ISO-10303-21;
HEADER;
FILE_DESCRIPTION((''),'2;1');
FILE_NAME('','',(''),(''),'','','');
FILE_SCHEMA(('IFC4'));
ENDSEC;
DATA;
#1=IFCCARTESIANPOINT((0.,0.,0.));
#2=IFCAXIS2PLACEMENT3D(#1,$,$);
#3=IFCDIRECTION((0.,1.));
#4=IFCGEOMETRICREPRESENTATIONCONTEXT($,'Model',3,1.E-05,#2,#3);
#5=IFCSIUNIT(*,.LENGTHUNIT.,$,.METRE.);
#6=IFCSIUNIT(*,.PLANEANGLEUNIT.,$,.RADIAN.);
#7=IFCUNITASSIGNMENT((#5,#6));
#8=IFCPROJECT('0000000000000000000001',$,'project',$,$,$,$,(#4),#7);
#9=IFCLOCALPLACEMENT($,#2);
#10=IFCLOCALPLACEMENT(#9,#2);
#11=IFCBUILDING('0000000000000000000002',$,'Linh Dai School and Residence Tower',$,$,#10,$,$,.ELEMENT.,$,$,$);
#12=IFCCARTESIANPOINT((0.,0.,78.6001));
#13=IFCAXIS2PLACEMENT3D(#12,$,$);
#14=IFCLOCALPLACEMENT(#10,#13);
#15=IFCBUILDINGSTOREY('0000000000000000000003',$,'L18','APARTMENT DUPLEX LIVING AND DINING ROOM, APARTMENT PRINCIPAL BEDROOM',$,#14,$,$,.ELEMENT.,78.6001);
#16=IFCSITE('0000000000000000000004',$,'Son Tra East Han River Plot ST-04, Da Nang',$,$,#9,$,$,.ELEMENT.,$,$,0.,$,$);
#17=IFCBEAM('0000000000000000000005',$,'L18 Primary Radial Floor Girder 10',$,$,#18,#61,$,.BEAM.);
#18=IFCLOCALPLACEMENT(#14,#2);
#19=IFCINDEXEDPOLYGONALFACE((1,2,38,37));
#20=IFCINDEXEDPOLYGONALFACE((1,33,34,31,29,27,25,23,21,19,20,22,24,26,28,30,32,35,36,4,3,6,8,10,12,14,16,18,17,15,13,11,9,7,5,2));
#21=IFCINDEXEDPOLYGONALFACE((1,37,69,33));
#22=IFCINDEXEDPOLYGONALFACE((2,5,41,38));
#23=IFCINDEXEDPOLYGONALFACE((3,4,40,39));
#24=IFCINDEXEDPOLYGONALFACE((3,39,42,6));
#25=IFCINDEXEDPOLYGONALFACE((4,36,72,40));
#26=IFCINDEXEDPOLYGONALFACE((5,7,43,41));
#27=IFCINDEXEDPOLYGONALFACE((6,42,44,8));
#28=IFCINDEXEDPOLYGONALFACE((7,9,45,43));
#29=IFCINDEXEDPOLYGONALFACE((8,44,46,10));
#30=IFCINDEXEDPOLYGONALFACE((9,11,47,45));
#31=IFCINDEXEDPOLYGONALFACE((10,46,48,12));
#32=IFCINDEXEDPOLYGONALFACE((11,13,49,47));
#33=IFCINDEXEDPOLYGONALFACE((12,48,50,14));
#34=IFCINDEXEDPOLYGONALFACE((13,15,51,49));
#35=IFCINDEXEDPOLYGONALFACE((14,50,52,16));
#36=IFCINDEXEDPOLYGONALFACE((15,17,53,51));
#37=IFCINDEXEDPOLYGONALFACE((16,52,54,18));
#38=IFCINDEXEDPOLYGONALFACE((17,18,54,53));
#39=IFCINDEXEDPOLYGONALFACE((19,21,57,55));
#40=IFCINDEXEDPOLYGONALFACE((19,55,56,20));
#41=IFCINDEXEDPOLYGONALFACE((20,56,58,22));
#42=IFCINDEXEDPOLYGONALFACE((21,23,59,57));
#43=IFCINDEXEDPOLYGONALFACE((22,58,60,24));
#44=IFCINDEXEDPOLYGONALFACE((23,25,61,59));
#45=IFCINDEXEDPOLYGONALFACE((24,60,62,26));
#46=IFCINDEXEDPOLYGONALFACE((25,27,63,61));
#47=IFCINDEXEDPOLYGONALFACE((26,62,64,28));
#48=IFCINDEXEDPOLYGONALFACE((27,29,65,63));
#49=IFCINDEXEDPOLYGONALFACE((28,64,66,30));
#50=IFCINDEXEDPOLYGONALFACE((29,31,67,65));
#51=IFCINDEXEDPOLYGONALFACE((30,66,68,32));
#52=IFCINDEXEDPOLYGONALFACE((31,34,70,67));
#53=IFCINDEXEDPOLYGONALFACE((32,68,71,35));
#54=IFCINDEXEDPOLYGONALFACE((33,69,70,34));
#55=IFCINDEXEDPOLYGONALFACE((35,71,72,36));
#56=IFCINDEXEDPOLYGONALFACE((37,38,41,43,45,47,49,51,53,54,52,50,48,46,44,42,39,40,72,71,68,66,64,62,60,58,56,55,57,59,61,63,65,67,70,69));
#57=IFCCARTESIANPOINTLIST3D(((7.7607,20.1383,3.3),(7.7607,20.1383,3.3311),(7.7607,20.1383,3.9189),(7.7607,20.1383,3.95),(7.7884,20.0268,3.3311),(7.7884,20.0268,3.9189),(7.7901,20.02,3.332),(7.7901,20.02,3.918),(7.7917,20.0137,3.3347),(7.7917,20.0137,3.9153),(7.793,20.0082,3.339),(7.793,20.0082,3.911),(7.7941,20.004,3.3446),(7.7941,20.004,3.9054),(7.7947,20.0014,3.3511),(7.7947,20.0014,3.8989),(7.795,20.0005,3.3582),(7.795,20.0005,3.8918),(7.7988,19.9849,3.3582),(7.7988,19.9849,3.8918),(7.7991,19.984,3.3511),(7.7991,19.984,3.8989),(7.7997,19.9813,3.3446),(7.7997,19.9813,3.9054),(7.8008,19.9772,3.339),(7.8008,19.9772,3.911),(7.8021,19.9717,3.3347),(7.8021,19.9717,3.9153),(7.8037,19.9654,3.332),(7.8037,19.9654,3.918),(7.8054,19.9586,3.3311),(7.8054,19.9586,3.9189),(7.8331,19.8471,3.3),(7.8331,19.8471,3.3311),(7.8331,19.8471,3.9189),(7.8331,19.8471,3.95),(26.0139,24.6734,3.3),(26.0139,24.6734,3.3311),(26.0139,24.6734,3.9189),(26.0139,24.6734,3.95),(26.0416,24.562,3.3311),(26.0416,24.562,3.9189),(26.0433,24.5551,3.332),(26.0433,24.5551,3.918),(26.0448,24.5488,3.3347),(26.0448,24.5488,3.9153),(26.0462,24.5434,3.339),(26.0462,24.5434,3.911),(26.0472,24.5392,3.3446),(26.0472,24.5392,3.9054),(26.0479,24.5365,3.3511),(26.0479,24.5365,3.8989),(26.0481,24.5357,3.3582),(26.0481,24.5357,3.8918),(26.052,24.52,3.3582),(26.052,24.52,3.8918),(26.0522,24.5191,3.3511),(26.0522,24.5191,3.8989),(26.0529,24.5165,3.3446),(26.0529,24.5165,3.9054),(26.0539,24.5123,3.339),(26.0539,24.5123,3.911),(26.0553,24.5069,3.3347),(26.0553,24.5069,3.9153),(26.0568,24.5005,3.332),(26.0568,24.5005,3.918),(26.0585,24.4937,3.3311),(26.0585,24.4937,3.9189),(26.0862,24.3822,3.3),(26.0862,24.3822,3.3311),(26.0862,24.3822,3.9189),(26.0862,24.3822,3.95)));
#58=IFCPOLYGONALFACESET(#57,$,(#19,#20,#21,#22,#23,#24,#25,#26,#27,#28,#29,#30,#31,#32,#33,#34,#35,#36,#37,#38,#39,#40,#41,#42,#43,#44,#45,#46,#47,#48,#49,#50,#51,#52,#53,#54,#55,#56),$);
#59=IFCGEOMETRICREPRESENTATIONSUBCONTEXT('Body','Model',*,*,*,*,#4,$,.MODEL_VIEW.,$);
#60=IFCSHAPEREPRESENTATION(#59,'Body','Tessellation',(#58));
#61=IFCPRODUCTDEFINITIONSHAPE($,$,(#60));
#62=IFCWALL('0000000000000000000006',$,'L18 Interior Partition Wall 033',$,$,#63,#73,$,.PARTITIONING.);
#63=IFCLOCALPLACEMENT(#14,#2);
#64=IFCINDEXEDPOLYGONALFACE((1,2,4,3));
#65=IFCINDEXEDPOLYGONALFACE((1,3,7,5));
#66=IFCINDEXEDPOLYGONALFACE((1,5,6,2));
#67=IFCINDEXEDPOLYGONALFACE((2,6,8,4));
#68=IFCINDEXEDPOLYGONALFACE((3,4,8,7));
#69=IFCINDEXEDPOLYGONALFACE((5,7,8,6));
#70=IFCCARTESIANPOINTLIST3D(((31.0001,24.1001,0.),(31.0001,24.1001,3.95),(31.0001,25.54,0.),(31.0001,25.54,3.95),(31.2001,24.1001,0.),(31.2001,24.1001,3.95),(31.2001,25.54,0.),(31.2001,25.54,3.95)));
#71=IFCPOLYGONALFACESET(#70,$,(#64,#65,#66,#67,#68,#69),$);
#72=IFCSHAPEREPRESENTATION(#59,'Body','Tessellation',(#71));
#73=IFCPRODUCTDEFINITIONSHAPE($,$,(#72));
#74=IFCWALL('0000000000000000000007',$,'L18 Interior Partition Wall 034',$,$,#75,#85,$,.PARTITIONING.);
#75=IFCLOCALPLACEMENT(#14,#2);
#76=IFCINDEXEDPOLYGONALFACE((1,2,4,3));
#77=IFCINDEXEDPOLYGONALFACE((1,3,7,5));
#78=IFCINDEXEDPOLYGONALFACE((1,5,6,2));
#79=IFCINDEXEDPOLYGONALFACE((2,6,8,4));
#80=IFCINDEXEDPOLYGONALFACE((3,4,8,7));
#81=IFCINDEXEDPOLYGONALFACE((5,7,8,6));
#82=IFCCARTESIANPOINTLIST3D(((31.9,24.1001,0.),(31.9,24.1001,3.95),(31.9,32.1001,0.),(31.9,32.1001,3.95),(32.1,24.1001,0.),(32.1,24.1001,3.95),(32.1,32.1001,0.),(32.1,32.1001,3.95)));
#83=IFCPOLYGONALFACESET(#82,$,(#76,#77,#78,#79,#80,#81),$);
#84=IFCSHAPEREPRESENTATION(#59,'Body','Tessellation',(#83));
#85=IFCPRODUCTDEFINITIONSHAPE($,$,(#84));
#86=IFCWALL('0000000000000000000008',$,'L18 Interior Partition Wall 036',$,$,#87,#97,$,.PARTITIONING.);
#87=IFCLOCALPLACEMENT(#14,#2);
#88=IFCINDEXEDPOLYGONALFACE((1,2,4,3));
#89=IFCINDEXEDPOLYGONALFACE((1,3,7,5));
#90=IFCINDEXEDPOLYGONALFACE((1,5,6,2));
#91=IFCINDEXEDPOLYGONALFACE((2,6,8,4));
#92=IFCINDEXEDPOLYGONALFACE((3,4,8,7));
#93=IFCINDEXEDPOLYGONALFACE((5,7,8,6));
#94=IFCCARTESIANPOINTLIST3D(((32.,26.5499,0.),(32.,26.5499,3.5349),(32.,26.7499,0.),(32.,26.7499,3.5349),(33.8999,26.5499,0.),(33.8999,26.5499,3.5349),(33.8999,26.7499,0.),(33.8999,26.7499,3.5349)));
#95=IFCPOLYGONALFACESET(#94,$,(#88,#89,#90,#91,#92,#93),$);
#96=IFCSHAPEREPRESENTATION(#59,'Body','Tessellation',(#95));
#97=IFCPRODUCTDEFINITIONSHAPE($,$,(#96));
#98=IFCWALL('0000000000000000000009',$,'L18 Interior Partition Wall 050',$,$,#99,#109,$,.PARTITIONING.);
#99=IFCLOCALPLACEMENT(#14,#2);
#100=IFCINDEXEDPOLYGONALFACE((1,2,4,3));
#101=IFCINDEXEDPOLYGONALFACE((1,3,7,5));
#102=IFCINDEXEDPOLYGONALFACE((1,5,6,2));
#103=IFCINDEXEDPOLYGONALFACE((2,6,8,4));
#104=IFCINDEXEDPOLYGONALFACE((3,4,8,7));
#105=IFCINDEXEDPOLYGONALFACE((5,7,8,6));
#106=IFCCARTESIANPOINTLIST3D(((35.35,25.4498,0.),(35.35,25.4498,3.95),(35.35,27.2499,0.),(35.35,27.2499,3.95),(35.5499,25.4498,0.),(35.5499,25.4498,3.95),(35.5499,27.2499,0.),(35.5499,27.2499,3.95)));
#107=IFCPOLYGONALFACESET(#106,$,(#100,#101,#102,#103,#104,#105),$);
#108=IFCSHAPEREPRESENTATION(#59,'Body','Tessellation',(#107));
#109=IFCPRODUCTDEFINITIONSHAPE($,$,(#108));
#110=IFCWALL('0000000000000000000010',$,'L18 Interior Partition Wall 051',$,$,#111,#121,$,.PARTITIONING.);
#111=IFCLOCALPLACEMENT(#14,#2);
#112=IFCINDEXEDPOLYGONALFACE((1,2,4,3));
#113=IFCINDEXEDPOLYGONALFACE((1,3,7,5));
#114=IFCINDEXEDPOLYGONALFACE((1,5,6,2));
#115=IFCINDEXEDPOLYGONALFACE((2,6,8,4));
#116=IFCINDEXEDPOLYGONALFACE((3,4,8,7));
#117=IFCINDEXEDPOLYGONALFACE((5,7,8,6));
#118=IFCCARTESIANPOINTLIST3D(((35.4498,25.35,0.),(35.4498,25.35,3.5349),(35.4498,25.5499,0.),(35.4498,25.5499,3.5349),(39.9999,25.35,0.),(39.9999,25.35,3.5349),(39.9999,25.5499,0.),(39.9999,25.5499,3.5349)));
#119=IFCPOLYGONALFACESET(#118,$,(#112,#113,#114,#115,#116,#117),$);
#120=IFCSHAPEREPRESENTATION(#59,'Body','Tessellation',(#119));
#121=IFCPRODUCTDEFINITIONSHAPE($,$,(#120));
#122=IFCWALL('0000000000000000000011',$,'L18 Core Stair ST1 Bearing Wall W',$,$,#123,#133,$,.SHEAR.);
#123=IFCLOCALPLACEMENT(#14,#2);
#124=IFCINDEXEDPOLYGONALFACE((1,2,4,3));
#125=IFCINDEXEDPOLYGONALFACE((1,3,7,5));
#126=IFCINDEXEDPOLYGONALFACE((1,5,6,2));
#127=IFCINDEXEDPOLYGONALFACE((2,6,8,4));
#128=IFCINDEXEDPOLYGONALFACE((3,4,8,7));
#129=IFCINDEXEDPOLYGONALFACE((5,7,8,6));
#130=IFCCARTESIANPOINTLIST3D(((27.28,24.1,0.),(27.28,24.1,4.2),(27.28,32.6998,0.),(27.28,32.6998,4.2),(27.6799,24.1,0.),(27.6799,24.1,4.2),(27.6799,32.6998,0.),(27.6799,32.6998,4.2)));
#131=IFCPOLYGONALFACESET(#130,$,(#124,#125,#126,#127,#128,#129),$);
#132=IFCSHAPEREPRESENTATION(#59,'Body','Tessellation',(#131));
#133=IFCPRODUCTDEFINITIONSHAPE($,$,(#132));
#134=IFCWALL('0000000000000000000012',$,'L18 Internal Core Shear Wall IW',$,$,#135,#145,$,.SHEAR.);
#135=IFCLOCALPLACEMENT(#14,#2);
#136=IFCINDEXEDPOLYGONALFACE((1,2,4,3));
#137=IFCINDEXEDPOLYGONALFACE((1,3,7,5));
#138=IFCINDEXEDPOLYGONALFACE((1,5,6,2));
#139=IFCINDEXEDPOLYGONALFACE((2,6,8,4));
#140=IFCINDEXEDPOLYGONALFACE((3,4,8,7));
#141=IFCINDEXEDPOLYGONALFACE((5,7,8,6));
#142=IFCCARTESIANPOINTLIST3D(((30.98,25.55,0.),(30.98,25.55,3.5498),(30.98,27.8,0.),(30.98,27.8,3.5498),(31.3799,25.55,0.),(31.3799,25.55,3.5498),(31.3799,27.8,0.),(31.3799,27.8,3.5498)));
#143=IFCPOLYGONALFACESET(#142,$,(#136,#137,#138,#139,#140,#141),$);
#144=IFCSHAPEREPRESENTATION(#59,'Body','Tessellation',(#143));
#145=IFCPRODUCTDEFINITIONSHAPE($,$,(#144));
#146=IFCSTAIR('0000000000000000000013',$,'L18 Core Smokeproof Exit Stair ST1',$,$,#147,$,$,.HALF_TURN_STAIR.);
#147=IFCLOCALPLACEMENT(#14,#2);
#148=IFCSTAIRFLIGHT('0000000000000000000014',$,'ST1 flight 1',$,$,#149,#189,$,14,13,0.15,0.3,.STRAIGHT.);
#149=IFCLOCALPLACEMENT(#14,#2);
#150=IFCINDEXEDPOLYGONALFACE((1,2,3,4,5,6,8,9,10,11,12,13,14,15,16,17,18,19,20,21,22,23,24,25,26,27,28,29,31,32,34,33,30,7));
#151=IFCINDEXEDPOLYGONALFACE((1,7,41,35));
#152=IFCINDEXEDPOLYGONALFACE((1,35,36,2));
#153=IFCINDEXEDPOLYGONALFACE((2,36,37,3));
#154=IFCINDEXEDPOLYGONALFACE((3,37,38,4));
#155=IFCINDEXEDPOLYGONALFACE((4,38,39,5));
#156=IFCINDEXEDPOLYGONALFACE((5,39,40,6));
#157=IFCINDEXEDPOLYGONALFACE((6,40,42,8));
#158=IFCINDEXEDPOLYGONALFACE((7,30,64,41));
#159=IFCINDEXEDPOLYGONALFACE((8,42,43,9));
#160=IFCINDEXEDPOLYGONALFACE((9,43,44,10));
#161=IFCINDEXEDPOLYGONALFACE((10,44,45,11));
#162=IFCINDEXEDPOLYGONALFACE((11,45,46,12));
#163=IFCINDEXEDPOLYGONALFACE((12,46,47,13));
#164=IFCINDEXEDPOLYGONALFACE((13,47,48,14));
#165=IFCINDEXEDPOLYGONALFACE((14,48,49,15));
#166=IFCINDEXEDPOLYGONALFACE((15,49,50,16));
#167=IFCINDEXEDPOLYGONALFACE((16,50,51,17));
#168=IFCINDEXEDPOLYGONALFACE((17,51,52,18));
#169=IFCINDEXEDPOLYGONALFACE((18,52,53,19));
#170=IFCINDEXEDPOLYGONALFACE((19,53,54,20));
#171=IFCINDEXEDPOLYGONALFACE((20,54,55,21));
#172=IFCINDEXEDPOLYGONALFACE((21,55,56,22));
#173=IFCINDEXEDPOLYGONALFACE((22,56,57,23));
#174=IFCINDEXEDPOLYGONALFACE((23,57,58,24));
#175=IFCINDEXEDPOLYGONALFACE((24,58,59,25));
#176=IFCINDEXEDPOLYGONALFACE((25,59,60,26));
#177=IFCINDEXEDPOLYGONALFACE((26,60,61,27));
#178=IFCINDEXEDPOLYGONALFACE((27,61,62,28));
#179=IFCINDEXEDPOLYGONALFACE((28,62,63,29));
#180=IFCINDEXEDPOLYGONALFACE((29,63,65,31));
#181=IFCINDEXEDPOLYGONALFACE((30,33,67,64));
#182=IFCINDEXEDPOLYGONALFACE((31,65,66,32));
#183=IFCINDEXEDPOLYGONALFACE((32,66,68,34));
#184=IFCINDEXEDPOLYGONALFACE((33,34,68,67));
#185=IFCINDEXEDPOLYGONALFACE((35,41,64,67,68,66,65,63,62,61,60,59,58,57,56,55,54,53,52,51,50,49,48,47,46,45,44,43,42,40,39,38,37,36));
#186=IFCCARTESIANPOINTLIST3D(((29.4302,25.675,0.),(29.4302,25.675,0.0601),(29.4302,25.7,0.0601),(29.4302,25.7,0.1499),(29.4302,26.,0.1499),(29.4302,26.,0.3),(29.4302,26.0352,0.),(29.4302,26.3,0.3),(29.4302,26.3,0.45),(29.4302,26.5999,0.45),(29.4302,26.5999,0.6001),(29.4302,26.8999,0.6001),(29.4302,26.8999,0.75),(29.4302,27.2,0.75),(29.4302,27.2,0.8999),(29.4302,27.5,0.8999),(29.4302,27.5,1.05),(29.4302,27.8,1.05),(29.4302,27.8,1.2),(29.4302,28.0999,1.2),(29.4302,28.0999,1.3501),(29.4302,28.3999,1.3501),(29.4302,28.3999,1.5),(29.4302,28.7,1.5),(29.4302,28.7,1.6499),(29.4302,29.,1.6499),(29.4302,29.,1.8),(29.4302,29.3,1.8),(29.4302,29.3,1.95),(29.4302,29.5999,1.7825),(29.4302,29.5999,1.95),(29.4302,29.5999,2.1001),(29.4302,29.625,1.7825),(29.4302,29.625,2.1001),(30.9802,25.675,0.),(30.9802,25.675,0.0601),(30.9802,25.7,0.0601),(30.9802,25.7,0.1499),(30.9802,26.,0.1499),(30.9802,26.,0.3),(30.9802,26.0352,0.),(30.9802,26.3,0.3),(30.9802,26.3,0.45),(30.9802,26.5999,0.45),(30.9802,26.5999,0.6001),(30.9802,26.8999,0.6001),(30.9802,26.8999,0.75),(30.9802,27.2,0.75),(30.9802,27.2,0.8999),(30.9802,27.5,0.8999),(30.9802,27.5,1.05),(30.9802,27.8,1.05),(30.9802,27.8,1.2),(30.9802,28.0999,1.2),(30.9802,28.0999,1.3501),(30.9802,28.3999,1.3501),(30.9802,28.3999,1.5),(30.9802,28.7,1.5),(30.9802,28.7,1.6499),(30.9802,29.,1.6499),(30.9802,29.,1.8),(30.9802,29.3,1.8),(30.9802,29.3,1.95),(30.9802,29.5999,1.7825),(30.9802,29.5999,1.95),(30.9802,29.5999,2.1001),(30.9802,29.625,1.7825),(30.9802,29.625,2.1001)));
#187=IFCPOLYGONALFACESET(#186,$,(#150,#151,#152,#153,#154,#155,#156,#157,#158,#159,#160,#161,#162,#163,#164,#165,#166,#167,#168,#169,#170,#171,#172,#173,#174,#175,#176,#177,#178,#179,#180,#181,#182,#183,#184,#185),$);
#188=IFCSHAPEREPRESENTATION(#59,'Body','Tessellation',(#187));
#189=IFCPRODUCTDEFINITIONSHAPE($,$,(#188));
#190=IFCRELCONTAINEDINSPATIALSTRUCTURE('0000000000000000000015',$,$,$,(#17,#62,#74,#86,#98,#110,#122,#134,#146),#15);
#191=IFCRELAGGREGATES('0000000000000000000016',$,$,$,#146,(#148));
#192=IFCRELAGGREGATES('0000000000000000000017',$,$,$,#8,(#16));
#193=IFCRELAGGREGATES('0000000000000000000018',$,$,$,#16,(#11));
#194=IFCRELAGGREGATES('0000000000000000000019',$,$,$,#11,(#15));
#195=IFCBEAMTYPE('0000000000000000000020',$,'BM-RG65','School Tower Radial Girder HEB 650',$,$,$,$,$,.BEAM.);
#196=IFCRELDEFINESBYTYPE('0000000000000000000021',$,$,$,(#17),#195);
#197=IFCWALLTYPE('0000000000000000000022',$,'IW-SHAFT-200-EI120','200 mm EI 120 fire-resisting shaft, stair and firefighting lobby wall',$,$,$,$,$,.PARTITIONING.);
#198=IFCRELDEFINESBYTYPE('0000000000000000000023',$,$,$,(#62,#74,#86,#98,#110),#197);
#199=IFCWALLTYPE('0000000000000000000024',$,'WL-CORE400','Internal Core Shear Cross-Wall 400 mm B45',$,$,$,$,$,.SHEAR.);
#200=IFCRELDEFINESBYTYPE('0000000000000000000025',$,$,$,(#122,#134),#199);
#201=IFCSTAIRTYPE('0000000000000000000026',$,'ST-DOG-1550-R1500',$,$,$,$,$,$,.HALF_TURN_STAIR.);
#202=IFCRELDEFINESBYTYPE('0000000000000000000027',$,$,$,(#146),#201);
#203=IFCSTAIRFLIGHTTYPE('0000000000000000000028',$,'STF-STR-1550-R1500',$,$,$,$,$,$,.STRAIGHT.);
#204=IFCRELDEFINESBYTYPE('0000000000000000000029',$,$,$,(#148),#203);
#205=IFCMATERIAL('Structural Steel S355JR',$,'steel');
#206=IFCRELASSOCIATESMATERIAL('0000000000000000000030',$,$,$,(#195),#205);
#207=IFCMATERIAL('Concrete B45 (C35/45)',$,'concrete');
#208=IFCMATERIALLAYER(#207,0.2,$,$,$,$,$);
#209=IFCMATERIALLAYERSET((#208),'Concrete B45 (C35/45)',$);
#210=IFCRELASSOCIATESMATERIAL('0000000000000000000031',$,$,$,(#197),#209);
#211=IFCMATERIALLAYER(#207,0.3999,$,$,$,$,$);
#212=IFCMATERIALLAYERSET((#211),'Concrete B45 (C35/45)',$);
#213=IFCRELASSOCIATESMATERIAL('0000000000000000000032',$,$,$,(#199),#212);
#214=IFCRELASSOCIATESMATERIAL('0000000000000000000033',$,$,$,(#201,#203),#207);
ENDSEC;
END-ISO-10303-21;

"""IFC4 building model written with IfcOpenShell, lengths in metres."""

from ifc_helpers import new_model, si_unit, direction, frame, frame_2d, origin, origin_2d, place, context, subcontext, project, spatial, polyline, rectangle, i_section, outline, extrude, source, transform, mapped, material, layer, layer_set, material_profile, profile_set, type_object, element, aggregate, save


model = new_model("IFC4")

# Units and contexts
model_context = context("Model", 3, precision=1e-05, world=origin(), true_north=direction((0.0, 1.0)))
body_context = subcontext(model_context, "Body", "Model", "MODEL_VIEW")
ifc_project = project(units=[si_unit("LENGTHUNIT", "METRE"), si_unit("PLANEANGLEUNIT", "RADIAN")], contexts=[model_context])

# Site, building, storey
site_placement = place(None, origin())
site = spatial("IfcSite", under=ifc_project, at=site_placement, Name="Son Tra East Han River Plot ST-04, Da Nang", CompositionType="ELEMENT", RefElevation=0.0)
building_placement = place(site_placement, origin())
building = spatial("IfcBuilding", under=site, at=building_placement, Name="Linh Dai School and Residence Tower", CompositionType="ELEMENT")
storey_placement = place(building_placement, frame((0.0, 0.0, 78.6001)))
storey = spatial("IfcBuildingStorey", under=building, at=storey_placement, Name="L18", Description="APARTMENT DUPLEX LIVING AND DINING ROOM, APARTMENT PRINCIPAL BEDROOM", CompositionType="ELEMENT", Elevation=78.6001)

# Shared definitions
ifc_material_1 = material(Name="Structural Steel S355JR", Category="steel")

# Beam
ifc_material_profile_1 = material_profile(ifc_material_1, i_section(OverallWidth=0.3, OverallDepth=0.6499, WebThickness=0.0161, FlangeThickness=0.031, FilletRadius=0.0271, at=origin_2d()), Name="HEB 650")
ifc_profile_set_1 = profile_set([ifc_material_profile_1], Name="Structural Steel S355JR")
beam_type = type_object("IfcBeamType", Name="BM-RG65", Description="School Tower Radial Girder HEB 650", PredefinedType="BEAM", material=ifc_profile_set_1)
beam_placement = place(storey_placement, frame((26.05, 24.5278, 3.625), z_axis=(-0.970493, -0.241127, 0.0), x_axis=(0.241127, -0.970493, 0.0)))
element("IfcBeam", 1, at=beam_placement, inside=storey, type_object=beam_type, Name="L18 Primary Radial Floor Girder 10", PredefinedType="BEAM", context=body_context, shape_type="SweptSolid", body=[
    extrude(i_section(OverallWidth=0.3, OverallDepth=0.6499, WebThickness=0.0161, FlangeThickness=0.031, FilletRadius=0.0271, at=origin_2d()), origin(), (0.0, 0.0, 1.0), 18.8081),
])

# Shared definitions
ifc_material_2 = material(Name="Concrete B45 (C35/45)", Category="concrete")
ifc_layer_1 = layer(ifc_material_2, 0.2)
ifc_layer_set_1 = layer_set([ifc_layer_1], Name="Concrete B45 (C35/45)")
wall_type_1 = type_object("IfcWallType", Name="IW-SHAFT-200-EI120", Description="200 mm EI 120 fire-resisting shaft, stair and firefighting lobby wall", PredefinedType="PARTITIONING", material=ifc_layer_set_1)

# Walls
wall_1_placement = place(storey_placement, frame((31.1001, 24.1001, 0.0), z_axis=(0.0, 0.0, 1.0), x_axis=(0.0, 1.0, 0.0)))
element("IfcWall", 2, at=wall_1_placement, inside=storey, type_object=wall_type_1, Name="L18 Interior Partition Wall 033", PredefinedType="PARTITIONING", context=body_context, shape_type="SweptSolid", body=[
    extrude(rectangle(XDim=1.4399, YDim=0.2, at=frame_2d((0.72, 0.0))), origin(), (0.0, 0.0, 1.0), 3.95),
])
wall_2_placement = place(storey_placement, frame((32.0, 24.1001, 0.0), z_axis=(0.0, 0.0, 1.0), x_axis=(0.0, 1.0, 0.0)))
element("IfcWall", 3, at=wall_2_placement, inside=storey, type_object=wall_type_1, Name="L18 Interior Partition Wall 034", PredefinedType="PARTITIONING", context=body_context, shape_type="SweptSolid", body=[
    extrude(rectangle(XDim=8.0, YDim=0.2, at=frame_2d((4.0, 0.0))), origin(), (0.0, 0.0, 1.0), 3.95),
])

# Wall
wall_3_placement = place(storey_placement, frame((32.0, 26.6499, 0.0), z_axis=(0.0, 0.0, 1.0), x_axis=(1.0, 0.0, 0.0)))
element("IfcWall", 4, at=wall_3_placement, inside=storey, type_object=wall_type_1, Name="L18 Interior Partition Wall 036", PredefinedType="PARTITIONING", context=body_context, shape_type="SweptSolid", body=[
    extrude(rectangle(XDim=1.8999, YDim=0.2, at=frame_2d((0.95, 0.0))), origin(), (0.0, 0.0, 1.0), 3.5349),
])

# Walls
wall_4_placement = place(storey_placement, frame((35.45, 25.45, 0.0), z_axis=(0.0, 0.0, 1.0), x_axis=(0.0, 1.0, 0.0)))
element("IfcWall", 5, at=wall_4_placement, inside=storey, type_object=wall_type_1, Name="L18 Interior Partition Wall 050", PredefinedType="PARTITIONING", context=body_context, shape_type="SweptSolid", body=[
    extrude(rectangle(XDim=1.8, YDim=0.2, at=frame_2d((0.8999, 0.0))), origin(), (0.0, 0.0, 1.0), 3.95),
])
wall_5_placement = place(storey_placement, frame((35.45, 25.45, 0.0), z_axis=(0.0, 0.0, 1.0), x_axis=(1.0, 0.0, 0.0)))
element("IfcWall", 6, at=wall_5_placement, inside=storey, type_object=wall_type_1, Name="L18 Interior Partition Wall 051", PredefinedType="PARTITIONING", context=body_context, shape_type="SweptSolid", body=[
    extrude(rectangle(XDim=4.55, YDim=0.2, at=frame_2d((2.2749, 0.0))), origin(), (0.0, 0.0, 1.0), 3.5349),
])
ifc_layer_2 = layer(ifc_material_2, 0.3999)
ifc_layer_set_2 = layer_set([ifc_layer_2], Name="Concrete B45 (C35/45)")
wall_type_2 = type_object("IfcWallType", Name="WL-CORE400", Description="Internal Core Shear Cross-Wall 400 mm B45", PredefinedType="SHEAR", material=ifc_layer_set_2)
wall_6_placement = place(storey_placement, frame((27.48, 24.1001, 0.0), z_axis=(0.0, 0.0, 1.0), x_axis=(0.0, 1.0, 0.0)))
element("IfcWall", 7, at=wall_6_placement, inside=storey, type_object=wall_type_2, Name="L18 Core Stair ST1 Bearing Wall W", PredefinedType="SHEAR", context=body_context, shape_type="SweptSolid", body=[
    extrude(rectangle(XDim=8.5999, YDim=0.3999, at=frame_2d((4.2998, 0.0))), origin(), (0.0, 0.0, 1.0), 4.2),
])
wall_7_placement = place(storey_placement, frame((31.1799, 25.55, 0.0), z_axis=(0.0, 0.0, 1.0), x_axis=(0.0, 1.0, 0.0)))
element("IfcWall", 8, at=wall_7_placement, inside=storey, type_object=wall_type_2, Name="L18 Internal Core Shear Wall IW", PredefinedType="SHEAR", context=body_context, shape_type="SweptSolid", body=[
    extrude(rectangle(XDim=2.25, YDim=0.3999, at=frame_2d((1.125, 0.0))), origin(), (0.0, 0.0, 1.0), 3.5498),
])

# Stair, stair flight
stair_type = type_object("IfcStairType", Name="ST-DOG-1550-R1500", PredefinedType="HALF_TURN_STAIR", material=ifc_material_2)
stair_placement = place(storey_placement, origin())
stair = element("IfcStair", 9, at=stair_placement, inside=storey, type_object=stair_type, Name="L18 Core Smokeproof Exit Stair ST1", PredefinedType="HALF_TURN_STAIR")
stair_flight_type = type_object("IfcStairFlightType", Name="STF-STR-1550-R1500", PredefinedType="STRAIGHT", material=ifc_material_2)
shared_shape_1 = source(origin(), body_context, "Body", "SweptSolid", [
    extrude(outline(polyline([(-0.0249, 0.0), (-0.0249, 0.0601), (0.0, 0.0601), (0.0, 0.1499), (0.3, 0.1499), (0.3, 0.3), (0.6001, 0.3), (0.6001, 0.45), (0.8999, 0.45), (0.8999, 0.6001), (1.2, 0.6001), (1.2, 0.75), (1.5, 0.75), (1.5, 0.8999), (1.8, 0.8999), (1.8, 1.05), (2.1001, 1.05), (2.1001, 1.2), (2.3999, 1.2), (2.3999, 1.3501), (2.7, 1.3501), (2.7, 1.5), (3.0, 1.5), (3.0, 1.6499), (3.3, 1.6499), (3.3, 1.8), (3.6001, 1.8), (3.6001, 1.95), (3.8999, 1.95), (3.8999, 2.1001), (3.925, 2.1001), (3.925, 1.7825), (3.8999, 1.7825), (0.3352, 0.0), (-0.0249, 0.0)])), frame((0.0, 0.7749, 0.0), z_axis=(0.0, -1.0, 0.0), x_axis=(1.0, 0.0, 0.0)), (0.0, 0.0, 1.0), 1.55),
])
stair_flight_placement = place(storey_placement, frame((30.2051, 25.7, 0.0), z_axis=(0.0, 0.0, 1.0), x_axis=(0.0, 1.0, 0.0)))
stair_flight = element("IfcStairFlight", 10, at=stair_flight_placement, type_object=stair_flight_type, Name="ST1 flight 1", NumberOfRisers=14, NumberOfTreads=13, PredefinedType="STRAIGHT", RiserHeight=0.15, TreadLength=0.3, context=body_context, shape_type="MappedRepresentation", body=[
    mapped(shared_shape_1, transform((0.0, 0.0, 0.0), x_axis=(1.0, 0.0, 0.0), y_axis=(0.0, 1.0, 0.0), z_axis=(0.0, 0.0, 1.0), scale=1.0)),
])
aggregate(stair, [stair_flight])

save(model, "model.ifc")
